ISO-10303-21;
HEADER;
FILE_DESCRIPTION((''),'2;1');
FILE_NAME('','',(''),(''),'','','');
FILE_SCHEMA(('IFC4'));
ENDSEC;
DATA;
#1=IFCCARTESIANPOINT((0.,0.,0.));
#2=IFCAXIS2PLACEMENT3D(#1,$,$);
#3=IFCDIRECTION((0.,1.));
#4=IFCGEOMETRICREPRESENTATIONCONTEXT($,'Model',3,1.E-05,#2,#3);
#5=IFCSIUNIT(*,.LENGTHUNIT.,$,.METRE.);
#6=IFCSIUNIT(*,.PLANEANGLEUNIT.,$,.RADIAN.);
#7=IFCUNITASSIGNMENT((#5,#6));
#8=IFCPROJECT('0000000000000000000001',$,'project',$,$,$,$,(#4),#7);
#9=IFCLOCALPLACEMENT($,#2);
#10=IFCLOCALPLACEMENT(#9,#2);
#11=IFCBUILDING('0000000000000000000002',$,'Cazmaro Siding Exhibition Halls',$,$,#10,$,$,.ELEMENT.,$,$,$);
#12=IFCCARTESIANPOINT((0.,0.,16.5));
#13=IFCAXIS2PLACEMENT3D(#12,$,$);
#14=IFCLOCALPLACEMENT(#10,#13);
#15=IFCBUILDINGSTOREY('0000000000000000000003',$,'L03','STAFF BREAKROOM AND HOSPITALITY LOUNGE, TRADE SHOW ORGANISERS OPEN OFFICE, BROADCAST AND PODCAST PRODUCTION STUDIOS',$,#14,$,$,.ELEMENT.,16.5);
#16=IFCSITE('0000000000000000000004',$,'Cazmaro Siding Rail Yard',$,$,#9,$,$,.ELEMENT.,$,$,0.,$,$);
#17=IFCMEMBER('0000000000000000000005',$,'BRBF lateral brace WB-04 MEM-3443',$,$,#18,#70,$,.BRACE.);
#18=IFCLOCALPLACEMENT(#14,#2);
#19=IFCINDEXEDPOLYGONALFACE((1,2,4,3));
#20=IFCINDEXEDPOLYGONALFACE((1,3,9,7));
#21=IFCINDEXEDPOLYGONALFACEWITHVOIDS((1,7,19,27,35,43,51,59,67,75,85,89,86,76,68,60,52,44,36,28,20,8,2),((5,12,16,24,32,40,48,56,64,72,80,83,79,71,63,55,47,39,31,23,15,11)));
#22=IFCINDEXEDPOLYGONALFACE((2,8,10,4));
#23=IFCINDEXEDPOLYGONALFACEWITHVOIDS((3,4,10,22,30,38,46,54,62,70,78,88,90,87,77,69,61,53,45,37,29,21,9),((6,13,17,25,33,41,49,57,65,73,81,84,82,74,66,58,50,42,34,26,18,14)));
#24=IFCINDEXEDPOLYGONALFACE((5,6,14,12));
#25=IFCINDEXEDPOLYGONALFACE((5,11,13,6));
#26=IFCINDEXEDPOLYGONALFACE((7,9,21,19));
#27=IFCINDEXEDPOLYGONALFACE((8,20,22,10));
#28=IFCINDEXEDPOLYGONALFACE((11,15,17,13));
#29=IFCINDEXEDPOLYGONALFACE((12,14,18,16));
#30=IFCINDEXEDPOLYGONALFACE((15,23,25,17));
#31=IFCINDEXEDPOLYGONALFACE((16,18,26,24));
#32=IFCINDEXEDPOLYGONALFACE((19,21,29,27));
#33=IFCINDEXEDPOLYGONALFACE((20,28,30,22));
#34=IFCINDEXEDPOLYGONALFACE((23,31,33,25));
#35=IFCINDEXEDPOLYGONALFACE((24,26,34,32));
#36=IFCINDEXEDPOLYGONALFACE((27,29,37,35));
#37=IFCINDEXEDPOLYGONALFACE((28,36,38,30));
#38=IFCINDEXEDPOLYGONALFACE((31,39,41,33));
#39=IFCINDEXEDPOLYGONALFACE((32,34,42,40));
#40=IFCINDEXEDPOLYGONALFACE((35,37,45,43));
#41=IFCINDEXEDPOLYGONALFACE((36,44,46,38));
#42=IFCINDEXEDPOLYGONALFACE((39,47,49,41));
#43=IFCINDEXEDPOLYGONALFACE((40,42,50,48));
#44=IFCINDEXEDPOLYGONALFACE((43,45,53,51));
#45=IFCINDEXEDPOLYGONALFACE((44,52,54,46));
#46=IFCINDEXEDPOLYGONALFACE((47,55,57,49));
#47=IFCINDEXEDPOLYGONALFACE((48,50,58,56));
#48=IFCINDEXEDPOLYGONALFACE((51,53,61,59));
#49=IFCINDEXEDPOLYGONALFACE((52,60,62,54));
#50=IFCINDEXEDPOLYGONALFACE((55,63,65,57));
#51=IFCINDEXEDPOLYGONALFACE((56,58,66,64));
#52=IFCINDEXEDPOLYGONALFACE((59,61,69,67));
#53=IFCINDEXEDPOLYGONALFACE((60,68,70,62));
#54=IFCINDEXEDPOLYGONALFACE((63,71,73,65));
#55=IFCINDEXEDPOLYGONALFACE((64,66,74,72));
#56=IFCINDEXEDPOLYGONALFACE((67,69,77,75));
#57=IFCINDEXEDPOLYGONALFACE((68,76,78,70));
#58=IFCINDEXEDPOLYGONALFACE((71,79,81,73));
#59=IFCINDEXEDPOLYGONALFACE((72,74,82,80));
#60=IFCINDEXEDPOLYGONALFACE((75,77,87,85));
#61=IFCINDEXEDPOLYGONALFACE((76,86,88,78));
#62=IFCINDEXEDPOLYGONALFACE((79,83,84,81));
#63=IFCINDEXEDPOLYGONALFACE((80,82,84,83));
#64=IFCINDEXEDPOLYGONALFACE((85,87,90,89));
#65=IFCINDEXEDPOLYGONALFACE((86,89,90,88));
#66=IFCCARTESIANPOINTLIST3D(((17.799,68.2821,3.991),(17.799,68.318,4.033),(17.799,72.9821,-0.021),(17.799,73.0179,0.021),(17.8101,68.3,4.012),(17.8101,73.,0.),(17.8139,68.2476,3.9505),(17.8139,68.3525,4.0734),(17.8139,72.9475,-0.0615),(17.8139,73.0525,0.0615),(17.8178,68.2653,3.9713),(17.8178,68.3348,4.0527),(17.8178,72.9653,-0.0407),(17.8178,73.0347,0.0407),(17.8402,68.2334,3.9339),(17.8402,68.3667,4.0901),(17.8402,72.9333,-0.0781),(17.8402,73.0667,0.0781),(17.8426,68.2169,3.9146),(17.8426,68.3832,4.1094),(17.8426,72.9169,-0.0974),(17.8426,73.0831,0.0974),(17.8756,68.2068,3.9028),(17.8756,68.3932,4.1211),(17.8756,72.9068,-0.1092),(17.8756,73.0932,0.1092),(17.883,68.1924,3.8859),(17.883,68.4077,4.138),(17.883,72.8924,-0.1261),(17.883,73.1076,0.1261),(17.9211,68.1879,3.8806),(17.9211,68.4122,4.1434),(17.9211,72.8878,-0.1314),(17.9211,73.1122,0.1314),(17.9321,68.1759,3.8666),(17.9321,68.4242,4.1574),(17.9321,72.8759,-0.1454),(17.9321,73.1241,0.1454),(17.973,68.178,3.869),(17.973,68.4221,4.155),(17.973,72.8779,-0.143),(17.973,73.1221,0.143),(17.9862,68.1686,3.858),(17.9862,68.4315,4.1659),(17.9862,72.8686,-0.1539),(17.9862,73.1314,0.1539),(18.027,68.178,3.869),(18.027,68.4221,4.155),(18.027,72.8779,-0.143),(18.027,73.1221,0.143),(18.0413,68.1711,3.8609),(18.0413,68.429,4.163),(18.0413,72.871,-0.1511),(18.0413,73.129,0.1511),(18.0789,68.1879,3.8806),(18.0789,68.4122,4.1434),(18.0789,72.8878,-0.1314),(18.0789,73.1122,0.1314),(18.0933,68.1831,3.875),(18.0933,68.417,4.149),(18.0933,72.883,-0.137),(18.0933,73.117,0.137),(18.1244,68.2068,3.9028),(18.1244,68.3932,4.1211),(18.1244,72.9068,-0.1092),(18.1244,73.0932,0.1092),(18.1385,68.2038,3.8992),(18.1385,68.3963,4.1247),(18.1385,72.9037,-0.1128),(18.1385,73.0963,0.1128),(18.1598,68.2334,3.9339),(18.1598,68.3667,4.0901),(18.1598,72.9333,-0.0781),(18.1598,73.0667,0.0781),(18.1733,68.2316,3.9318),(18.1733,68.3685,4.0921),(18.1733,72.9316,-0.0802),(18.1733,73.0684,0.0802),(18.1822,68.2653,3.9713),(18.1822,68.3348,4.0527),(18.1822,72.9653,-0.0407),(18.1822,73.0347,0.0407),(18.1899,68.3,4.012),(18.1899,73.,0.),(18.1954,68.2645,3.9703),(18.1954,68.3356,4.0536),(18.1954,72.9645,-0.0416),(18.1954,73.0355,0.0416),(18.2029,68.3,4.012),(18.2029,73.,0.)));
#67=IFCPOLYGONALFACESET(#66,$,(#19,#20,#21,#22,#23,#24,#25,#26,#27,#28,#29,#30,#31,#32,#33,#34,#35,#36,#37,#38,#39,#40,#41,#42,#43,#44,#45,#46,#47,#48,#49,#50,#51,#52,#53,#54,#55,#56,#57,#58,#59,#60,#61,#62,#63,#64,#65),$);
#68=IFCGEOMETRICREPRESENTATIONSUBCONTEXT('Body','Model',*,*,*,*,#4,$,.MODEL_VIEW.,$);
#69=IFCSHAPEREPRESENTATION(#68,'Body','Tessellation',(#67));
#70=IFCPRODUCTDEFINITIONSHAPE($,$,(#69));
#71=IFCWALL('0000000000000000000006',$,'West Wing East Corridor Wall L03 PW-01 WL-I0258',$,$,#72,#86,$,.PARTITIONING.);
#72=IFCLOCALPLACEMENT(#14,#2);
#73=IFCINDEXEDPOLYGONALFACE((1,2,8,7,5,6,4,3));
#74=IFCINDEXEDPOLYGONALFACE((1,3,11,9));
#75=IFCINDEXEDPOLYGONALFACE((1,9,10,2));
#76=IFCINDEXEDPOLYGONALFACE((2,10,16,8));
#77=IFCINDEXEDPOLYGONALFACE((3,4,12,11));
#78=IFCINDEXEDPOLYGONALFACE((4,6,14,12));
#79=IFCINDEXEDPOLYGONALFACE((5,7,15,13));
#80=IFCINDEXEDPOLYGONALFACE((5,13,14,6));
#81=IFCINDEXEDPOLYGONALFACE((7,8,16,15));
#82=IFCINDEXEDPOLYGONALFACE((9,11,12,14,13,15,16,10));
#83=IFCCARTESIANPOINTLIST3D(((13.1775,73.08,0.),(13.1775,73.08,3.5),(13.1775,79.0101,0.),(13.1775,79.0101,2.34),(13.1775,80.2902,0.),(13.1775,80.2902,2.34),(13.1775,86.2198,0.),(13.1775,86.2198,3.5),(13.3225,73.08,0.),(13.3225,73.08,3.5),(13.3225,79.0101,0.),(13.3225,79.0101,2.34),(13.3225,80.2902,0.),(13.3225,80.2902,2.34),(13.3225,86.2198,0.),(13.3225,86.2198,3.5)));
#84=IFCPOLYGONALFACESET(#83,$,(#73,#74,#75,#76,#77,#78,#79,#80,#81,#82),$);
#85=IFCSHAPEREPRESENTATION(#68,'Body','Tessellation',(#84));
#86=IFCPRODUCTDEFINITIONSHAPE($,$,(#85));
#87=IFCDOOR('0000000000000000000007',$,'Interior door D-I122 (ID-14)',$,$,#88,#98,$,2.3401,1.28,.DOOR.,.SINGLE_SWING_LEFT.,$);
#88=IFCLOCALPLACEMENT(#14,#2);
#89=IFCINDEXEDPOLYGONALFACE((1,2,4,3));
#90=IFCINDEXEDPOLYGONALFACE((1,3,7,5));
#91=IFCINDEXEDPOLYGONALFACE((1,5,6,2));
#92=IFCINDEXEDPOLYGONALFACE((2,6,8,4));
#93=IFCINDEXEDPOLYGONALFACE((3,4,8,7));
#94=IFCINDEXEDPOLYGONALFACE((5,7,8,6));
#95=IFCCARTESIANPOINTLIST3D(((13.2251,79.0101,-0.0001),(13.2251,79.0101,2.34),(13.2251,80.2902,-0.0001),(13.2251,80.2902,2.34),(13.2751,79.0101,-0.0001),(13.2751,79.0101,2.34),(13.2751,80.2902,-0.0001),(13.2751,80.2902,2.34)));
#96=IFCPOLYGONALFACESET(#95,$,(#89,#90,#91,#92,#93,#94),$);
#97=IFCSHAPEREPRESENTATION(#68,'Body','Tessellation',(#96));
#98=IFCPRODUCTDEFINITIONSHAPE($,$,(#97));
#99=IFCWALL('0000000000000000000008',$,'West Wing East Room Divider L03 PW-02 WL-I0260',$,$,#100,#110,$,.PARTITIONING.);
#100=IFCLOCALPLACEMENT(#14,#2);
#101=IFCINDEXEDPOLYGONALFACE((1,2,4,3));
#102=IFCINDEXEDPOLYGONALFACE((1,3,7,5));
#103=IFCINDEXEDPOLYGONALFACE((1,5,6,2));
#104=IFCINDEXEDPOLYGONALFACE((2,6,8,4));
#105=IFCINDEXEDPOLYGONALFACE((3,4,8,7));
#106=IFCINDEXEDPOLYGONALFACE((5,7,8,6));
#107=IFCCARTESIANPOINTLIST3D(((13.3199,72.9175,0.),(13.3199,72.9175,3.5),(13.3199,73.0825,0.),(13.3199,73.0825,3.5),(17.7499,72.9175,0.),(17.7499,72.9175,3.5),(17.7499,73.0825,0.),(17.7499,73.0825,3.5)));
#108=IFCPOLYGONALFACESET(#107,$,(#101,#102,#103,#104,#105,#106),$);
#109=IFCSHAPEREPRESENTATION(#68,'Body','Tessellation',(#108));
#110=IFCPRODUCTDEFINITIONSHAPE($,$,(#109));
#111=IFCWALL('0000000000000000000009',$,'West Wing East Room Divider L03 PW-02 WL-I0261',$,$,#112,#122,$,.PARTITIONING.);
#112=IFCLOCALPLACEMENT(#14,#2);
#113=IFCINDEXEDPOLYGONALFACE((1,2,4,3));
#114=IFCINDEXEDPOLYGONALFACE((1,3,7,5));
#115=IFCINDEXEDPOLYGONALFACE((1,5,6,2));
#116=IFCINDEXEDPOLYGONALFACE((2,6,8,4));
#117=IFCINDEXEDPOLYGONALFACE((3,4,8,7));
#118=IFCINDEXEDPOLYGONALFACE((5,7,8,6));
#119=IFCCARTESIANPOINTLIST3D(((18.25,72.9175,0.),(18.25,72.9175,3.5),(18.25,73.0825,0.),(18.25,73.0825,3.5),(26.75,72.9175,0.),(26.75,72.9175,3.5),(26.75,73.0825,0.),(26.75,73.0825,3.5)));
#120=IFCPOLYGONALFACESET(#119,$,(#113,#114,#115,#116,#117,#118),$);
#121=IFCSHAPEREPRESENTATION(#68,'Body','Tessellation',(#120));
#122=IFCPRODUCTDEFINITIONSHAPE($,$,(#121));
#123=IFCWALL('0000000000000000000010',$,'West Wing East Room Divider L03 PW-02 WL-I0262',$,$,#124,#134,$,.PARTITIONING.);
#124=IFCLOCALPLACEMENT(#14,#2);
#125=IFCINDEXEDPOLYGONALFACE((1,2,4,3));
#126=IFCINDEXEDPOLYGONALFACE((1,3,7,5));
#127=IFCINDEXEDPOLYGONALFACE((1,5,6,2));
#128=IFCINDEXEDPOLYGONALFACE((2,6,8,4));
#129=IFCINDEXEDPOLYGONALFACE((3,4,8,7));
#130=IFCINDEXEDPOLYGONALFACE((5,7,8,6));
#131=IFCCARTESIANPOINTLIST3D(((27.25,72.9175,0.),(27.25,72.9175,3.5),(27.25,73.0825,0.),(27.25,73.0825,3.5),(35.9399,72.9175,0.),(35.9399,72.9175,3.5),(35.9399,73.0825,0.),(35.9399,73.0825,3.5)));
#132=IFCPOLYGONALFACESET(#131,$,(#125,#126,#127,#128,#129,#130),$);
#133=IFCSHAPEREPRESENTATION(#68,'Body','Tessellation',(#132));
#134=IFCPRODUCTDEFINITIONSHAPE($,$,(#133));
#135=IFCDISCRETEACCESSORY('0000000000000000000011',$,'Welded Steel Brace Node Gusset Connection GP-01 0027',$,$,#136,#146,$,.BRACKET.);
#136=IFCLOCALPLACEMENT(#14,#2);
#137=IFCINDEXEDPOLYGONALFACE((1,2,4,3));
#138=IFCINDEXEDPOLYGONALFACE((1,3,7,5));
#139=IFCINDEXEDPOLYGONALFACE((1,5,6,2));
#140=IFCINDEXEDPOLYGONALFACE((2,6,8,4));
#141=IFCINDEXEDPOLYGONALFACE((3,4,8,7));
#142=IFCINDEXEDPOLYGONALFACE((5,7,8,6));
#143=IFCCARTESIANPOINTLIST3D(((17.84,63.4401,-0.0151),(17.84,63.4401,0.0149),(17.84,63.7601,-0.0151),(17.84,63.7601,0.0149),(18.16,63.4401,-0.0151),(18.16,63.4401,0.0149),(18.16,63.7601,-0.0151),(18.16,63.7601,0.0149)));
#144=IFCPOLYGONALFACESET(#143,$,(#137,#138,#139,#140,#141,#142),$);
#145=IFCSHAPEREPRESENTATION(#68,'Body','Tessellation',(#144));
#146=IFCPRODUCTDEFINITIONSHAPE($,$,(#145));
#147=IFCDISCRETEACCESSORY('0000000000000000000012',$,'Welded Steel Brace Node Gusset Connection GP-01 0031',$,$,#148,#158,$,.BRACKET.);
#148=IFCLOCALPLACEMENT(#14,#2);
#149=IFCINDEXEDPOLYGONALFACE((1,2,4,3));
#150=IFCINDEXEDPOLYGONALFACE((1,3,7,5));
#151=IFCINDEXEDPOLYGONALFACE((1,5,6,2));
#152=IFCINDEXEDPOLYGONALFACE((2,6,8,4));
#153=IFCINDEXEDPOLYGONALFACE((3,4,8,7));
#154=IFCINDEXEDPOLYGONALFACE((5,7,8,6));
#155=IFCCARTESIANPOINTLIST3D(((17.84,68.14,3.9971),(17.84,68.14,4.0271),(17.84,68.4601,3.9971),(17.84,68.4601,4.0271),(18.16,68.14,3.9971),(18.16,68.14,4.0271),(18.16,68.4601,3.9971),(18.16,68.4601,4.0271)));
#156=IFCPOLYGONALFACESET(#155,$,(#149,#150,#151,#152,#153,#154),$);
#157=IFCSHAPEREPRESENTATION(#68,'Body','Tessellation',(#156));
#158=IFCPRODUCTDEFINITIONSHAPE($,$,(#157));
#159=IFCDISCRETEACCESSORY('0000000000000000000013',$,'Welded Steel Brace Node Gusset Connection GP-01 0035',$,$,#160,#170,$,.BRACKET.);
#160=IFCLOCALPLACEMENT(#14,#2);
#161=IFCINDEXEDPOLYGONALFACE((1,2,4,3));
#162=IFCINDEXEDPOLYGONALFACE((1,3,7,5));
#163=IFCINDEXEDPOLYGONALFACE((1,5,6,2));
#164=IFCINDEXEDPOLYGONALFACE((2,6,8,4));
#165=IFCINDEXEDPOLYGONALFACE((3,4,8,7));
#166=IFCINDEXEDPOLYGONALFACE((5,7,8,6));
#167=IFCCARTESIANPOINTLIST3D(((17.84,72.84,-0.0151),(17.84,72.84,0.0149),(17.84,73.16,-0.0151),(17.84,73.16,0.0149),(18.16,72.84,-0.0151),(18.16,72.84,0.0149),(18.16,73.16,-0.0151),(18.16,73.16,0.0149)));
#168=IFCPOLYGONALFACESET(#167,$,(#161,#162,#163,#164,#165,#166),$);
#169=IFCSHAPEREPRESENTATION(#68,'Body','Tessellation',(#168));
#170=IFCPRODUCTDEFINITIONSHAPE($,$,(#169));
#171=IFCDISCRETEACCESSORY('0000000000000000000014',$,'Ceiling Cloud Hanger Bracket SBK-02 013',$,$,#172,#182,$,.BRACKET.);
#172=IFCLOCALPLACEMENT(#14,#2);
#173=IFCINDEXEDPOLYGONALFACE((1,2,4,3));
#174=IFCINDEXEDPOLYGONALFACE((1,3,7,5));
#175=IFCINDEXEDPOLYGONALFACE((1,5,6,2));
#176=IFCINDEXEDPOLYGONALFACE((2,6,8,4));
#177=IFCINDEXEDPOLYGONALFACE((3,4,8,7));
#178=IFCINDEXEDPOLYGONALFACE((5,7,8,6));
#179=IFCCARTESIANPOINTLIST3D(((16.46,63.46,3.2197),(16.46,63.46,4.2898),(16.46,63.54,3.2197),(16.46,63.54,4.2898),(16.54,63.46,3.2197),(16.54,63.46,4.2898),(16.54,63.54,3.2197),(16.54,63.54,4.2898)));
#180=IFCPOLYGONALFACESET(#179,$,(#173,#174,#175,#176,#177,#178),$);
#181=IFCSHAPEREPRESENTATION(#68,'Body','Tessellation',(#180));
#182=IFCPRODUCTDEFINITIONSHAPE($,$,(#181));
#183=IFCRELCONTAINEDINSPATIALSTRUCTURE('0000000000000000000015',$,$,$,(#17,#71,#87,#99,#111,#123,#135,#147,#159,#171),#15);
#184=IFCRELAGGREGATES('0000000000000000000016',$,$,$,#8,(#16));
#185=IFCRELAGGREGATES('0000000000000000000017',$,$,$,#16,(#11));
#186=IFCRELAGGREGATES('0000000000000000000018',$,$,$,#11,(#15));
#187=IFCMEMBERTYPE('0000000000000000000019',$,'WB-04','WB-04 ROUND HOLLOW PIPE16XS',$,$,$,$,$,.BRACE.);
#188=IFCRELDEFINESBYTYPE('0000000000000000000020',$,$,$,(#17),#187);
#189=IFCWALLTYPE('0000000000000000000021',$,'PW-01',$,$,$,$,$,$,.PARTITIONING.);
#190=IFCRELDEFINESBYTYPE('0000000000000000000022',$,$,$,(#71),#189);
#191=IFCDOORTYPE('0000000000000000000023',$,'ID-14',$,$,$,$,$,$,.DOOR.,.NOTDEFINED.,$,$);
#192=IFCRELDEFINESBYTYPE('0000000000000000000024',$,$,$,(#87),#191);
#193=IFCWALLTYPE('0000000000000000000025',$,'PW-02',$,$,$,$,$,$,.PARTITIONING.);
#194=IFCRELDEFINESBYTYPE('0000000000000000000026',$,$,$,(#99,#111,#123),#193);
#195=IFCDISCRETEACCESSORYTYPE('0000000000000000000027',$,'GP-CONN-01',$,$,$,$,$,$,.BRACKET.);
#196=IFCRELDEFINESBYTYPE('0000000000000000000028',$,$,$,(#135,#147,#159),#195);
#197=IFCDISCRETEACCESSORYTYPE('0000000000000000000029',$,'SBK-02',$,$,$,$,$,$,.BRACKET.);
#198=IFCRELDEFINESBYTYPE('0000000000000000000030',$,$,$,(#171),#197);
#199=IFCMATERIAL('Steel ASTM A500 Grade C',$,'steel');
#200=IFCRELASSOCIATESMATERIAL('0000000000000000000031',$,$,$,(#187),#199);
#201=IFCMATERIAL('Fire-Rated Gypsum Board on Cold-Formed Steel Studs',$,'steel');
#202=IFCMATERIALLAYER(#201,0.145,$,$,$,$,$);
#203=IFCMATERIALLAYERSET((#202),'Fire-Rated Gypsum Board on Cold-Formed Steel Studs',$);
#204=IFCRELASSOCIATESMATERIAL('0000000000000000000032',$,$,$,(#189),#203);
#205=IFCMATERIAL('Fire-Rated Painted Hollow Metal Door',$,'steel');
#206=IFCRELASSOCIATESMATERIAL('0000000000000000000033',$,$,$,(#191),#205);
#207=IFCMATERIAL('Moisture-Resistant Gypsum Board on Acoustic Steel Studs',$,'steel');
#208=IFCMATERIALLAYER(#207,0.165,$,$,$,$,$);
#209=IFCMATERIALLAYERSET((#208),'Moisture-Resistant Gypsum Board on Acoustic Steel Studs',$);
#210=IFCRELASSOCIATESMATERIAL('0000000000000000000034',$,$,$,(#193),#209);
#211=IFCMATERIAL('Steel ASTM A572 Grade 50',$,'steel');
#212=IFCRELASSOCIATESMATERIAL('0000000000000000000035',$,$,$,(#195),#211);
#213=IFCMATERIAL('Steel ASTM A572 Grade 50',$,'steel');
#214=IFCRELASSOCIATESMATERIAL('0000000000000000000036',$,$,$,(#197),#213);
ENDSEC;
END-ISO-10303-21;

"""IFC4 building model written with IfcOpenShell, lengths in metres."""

from ifc_helpers import new_model, si_unit, direction, frame, frame_2d, origin, origin_2d, place, context, subcontext, project, spatial, rectangle, hollow_circle, extrude, material, layer, layer_set, material_profile, profile_set, type_object, element, fill, save


model = new_model("IFC4")

# Units and contexts
model_context = context("Model", 3, precision=1e-05, world=origin(), true_north=direction((0.0, 1.0)))
body_context = subcontext(model_context, "Body", "Model", "MODEL_VIEW")
ifc_project = project(units=[si_unit("LENGTHUNIT", "METRE"), si_unit("PLANEANGLEUNIT", "RADIAN")], contexts=[model_context])

# Site, building, storey
site_placement = place(None, origin())
site = spatial("IfcSite", under=ifc_project, at=site_placement, Name="Cazmaro Siding Rail Yard", CompositionType="ELEMENT", RefElevation=0.0)
building_placement = place(site_placement, origin())
building = spatial("IfcBuilding", under=site, at=building_placement, Name="Cazmaro Siding Exhibition Halls", CompositionType="ELEMENT")
storey_placement = place(building_placement, frame((0.0, 0.0, 16.5)))
storey = spatial("IfcBuildingStorey", under=building, at=storey_placement, Name="L03", Description="STAFF BREAKROOM AND HOSPITALITY LOUNGE, TRADE SHOW ORGANISERS OPEN OFFICE, BROADCAST AND PODCAST PRODUCTION STUDIOS", CompositionType="ELEMENT", Elevation=16.5)

# Member
ifc_material_1 = material(Name="Steel ASTM A500 Grade C", Category="steel")
ifc_material_profile_1 = material_profile(ifc_material_1, hollow_circle(Radius=0.2029, WallThickness=0.0129, at=origin_2d()), Name="PIPE16XS")
ifc_profile_set_1 = profile_set([ifc_material_profile_1], Name="Steel ASTM A500 Grade C")
member_type = type_object("IfcMemberType", Name="WB-04", Description="WB-04 ROUND HOLLOW PIPE16XS", PredefinedType="BRACE", material=ifc_profile_set_1)
for number, where, z_axis, x_axis, name in (
    (1, (18.0, 73.0, 0.0), (0.0, -0.76058, 0.649245), (1.0, 0.0, 0.0), "BRBF lateral brace WB-04 MEM-3443"),
):
    element("IfcMember", number, at=place(storey_placement, frame(where, z_axis=z_axis, x_axis=x_axis)), inside=storey, type_object=member_type, Name=name, PredefinedType="BRACE", context=body_context, shape_type="SweptSolid", body=[
        extrude(hollow_circle(Radius=0.2029, WallThickness=0.0129, at=origin_2d()), origin(), (0.0, 0.0, 1.0), 6.1794),
    ])

# Wall, opening, door
ifc_material_2 = material(Name="Fire-Rated Gypsum Board on Cold-Formed Steel Studs", Category="steel")
ifc_layer_1 = layer(ifc_material_2, 0.145)
ifc_layer_set_1 = layer_set([ifc_layer_1], Name="Fire-Rated Gypsum Board on Cold-Formed Steel Studs")
wall_type_1 = type_object("IfcWallType", Name="PW-01", PredefinedType="PARTITIONING", material=ifc_layer_set_1)
wall_1_placement = place(storey_placement, frame((13.25, 73.0801, 0.0), z_axis=(0.0, 0.0, 1.0), x_axis=(0.0, 1.0, 0.0)))
wall_1 = element("IfcWall", 2, at=wall_1_placement, inside=storey, type_object=wall_type_1, Name="West Wing East Corridor Wall L03 PW-01 WL-I0258", PredefinedType="PARTITIONING", context=body_context, shape_type="SweptSolid", body=[
    extrude(rectangle(XDim=13.1399, YDim=0.145, at=frame_2d((6.5698, 0.0))), origin(), (0.0, 0.0, 1.0), 3.5),
])
opening_placement = place(wall_1_placement, frame((5.9299, 0.0, 0.0)))
opening = element("IfcOpeningElement", 3, at=opening_placement, cuts=wall_1, PredefinedType="OPENING", context=body_context, shape_type="SweptSolid", body=[
    extrude(rectangle(XDim=1.28, YDim=2.3401, at=frame_2d((0.6401, 1.1699))), frame((0.0, 0.0825, 0.0), z_axis=(0.0, -1.0, 0.0), x_axis=(1.0, 0.0, 0.0)), (0.0, 0.0, 1.0), 0.165),
])
ifc_material_3 = material(Name="Fire-Rated Painted Hollow Metal Door", Category="steel")
door_type = type_object("IfcDoorType", Name="ID-14", OperationType="NOTDEFINED", PredefinedType="DOOR", material=ifc_material_3)
door_placement = place(opening_placement, origin())
door = element("IfcDoor", 4, at=door_placement, inside=storey, type_object=door_type, Name="Interior door D-I122 (ID-14)", OperationType="SINGLE_SWING_LEFT", OverallHeight=2.3401, OverallWidth=1.28, PredefinedType="DOOR", context=body_context, shape_type="SweptSolid", body=[
    extrude(rectangle(XDim=1.28, YDim=2.3401, at=frame_2d((0.6401, 1.1699))), frame((0.0, 0.0249, 0.0), z_axis=(0.0, -1.0, 0.0), x_axis=(1.0, 0.0, 0.0)), (0.0, 0.0, 1.0), 0.05),
])
fill(opening, door)

# Walls
ifc_material_4 = material(Name="Moisture-Resistant Gypsum Board on Acoustic Steel Studs", Category="steel")
ifc_layer_2 = layer(ifc_material_4, 0.165)
ifc_layer_set_2 = layer_set([ifc_layer_2], Name="Moisture-Resistant Gypsum Board on Acoustic Steel Studs")
wall_type_2 = type_object("IfcWallType", Name="PW-02", PredefinedType="PARTITIONING", material=ifc_layer_set_2)
wall_2_placement = place(storey_placement, frame((13.3201, 73.0, 0.0), z_axis=(0.0, 0.0, 1.0), x_axis=(1.0, 0.0, 0.0)))
element("IfcWall", 5, at=wall_2_placement, inside=storey, type_object=wall_type_2, Name="West Wing East Room Divider L03 PW-02 WL-I0260", PredefinedType="PARTITIONING", context=body_context, shape_type="SweptSolid", body=[
    extrude(rectangle(XDim=4.4299, YDim=0.165, at=frame_2d((2.2148, 0.0))), origin(), (0.0, 0.0, 1.0), 3.5),
])
wall_3_placement = place(storey_placement, frame((18.25, 73.0, 0.0), z_axis=(0.0, 0.0, 1.0), x_axis=(1.0, 0.0, 0.0)))
element("IfcWall", 6, at=wall_3_placement, inside=storey, type_object=wall_type_2, Name="West Wing East Room Divider L03 PW-02 WL-I0261", PredefinedType="PARTITIONING", context=body_context, shape_type="SweptSolid", body=[
    extrude(rectangle(XDim=8.5, YDim=0.165, at=frame_2d((4.25, 0.0))), origin(), (0.0, 0.0, 1.0), 3.5),
])
wall_4_placement = place(storey_placement, frame((27.25, 73.0, 0.0), z_axis=(0.0, 0.0, 1.0), x_axis=(1.0, 0.0, 0.0)))
element("IfcWall", 7, at=wall_4_placement, inside=storey, type_object=wall_type_2, Name="West Wing East Room Divider L03 PW-02 WL-I0262", PredefinedType="PARTITIONING", context=body_context, shape_type="SweptSolid", body=[
    extrude(rectangle(XDim=8.6899, YDim=0.165, at=frame_2d((4.345, 0.0))), origin(), (0.0, 0.0, 1.0), 3.5),
])

# Discrete accessories
ifc_material_5 = material(Name="Steel ASTM A572 Grade 50", Category="steel")
discrete_accessory_type_1 = type_object("IfcDiscreteAccessoryType", Name="GP-CONN-01", PredefinedType="BRACKET", material=ifc_material_5)
for number, where, z_axis, x_axis, name in (
    (8, (18.0, 63.6001, -0.0151), (0.0, 0.0, 1.0), (1.0, 0.0, 0.0), "Welded Steel Brace Node Gusset Connection GP-01 0027"),
    (9, (18.0, 68.3, 3.9971), (0.0, 0.0, 1.0), (1.0, 0.0, 0.0), "Welded Steel Brace Node Gusset Connection GP-01 0031"),
    (10, (18.0, 73.0, -0.0151), (0.0, 0.0, 1.0), (1.0, 0.0, 0.0), "Welded Steel Brace Node Gusset Connection GP-01 0035"),
):
    element("IfcDiscreteAccessory", number, at=place(storey_placement, frame(where, z_axis=z_axis, x_axis=x_axis)), inside=storey, type_object=discrete_accessory_type_1, Name=name, PredefinedType="BRACKET", context=body_context, shape_type="SweptSolid", body=[
        extrude(rectangle(XDim=0.3201, YDim=0.3201, at=origin_2d()), origin(), (0.0, 0.0, 1.0), 0.03),
    ])
ifc_material_6 = material(Name="Steel ASTM A572 Grade 50", Category="steel")
discrete_accessory_type_2 = type_object("IfcDiscreteAccessoryType", Name="SBK-02", PredefinedType="BRACKET", material=ifc_material_6)
discrete_accessory_placement = place(storey_placement, frame((16.5, 63.5, 3.2197), z_axis=(0.0, 0.0, 1.0), x_axis=(1.0, 0.0, 0.0)))
element("IfcDiscreteAccessory", 11, at=discrete_accessory_placement, inside=storey, type_object=discrete_accessory_type_2, Name="Ceiling Cloud Hanger Bracket SBK-02 013", PredefinedType="BRACKET", context=body_context, shape_type="SweptSolid", body=[
    extrude(rectangle(XDim=0.0801, YDim=0.0801, at=origin_2d()), origin(), (0.0, 0.0, 1.0), 1.0701),
])

save(model, "model.ifc")
